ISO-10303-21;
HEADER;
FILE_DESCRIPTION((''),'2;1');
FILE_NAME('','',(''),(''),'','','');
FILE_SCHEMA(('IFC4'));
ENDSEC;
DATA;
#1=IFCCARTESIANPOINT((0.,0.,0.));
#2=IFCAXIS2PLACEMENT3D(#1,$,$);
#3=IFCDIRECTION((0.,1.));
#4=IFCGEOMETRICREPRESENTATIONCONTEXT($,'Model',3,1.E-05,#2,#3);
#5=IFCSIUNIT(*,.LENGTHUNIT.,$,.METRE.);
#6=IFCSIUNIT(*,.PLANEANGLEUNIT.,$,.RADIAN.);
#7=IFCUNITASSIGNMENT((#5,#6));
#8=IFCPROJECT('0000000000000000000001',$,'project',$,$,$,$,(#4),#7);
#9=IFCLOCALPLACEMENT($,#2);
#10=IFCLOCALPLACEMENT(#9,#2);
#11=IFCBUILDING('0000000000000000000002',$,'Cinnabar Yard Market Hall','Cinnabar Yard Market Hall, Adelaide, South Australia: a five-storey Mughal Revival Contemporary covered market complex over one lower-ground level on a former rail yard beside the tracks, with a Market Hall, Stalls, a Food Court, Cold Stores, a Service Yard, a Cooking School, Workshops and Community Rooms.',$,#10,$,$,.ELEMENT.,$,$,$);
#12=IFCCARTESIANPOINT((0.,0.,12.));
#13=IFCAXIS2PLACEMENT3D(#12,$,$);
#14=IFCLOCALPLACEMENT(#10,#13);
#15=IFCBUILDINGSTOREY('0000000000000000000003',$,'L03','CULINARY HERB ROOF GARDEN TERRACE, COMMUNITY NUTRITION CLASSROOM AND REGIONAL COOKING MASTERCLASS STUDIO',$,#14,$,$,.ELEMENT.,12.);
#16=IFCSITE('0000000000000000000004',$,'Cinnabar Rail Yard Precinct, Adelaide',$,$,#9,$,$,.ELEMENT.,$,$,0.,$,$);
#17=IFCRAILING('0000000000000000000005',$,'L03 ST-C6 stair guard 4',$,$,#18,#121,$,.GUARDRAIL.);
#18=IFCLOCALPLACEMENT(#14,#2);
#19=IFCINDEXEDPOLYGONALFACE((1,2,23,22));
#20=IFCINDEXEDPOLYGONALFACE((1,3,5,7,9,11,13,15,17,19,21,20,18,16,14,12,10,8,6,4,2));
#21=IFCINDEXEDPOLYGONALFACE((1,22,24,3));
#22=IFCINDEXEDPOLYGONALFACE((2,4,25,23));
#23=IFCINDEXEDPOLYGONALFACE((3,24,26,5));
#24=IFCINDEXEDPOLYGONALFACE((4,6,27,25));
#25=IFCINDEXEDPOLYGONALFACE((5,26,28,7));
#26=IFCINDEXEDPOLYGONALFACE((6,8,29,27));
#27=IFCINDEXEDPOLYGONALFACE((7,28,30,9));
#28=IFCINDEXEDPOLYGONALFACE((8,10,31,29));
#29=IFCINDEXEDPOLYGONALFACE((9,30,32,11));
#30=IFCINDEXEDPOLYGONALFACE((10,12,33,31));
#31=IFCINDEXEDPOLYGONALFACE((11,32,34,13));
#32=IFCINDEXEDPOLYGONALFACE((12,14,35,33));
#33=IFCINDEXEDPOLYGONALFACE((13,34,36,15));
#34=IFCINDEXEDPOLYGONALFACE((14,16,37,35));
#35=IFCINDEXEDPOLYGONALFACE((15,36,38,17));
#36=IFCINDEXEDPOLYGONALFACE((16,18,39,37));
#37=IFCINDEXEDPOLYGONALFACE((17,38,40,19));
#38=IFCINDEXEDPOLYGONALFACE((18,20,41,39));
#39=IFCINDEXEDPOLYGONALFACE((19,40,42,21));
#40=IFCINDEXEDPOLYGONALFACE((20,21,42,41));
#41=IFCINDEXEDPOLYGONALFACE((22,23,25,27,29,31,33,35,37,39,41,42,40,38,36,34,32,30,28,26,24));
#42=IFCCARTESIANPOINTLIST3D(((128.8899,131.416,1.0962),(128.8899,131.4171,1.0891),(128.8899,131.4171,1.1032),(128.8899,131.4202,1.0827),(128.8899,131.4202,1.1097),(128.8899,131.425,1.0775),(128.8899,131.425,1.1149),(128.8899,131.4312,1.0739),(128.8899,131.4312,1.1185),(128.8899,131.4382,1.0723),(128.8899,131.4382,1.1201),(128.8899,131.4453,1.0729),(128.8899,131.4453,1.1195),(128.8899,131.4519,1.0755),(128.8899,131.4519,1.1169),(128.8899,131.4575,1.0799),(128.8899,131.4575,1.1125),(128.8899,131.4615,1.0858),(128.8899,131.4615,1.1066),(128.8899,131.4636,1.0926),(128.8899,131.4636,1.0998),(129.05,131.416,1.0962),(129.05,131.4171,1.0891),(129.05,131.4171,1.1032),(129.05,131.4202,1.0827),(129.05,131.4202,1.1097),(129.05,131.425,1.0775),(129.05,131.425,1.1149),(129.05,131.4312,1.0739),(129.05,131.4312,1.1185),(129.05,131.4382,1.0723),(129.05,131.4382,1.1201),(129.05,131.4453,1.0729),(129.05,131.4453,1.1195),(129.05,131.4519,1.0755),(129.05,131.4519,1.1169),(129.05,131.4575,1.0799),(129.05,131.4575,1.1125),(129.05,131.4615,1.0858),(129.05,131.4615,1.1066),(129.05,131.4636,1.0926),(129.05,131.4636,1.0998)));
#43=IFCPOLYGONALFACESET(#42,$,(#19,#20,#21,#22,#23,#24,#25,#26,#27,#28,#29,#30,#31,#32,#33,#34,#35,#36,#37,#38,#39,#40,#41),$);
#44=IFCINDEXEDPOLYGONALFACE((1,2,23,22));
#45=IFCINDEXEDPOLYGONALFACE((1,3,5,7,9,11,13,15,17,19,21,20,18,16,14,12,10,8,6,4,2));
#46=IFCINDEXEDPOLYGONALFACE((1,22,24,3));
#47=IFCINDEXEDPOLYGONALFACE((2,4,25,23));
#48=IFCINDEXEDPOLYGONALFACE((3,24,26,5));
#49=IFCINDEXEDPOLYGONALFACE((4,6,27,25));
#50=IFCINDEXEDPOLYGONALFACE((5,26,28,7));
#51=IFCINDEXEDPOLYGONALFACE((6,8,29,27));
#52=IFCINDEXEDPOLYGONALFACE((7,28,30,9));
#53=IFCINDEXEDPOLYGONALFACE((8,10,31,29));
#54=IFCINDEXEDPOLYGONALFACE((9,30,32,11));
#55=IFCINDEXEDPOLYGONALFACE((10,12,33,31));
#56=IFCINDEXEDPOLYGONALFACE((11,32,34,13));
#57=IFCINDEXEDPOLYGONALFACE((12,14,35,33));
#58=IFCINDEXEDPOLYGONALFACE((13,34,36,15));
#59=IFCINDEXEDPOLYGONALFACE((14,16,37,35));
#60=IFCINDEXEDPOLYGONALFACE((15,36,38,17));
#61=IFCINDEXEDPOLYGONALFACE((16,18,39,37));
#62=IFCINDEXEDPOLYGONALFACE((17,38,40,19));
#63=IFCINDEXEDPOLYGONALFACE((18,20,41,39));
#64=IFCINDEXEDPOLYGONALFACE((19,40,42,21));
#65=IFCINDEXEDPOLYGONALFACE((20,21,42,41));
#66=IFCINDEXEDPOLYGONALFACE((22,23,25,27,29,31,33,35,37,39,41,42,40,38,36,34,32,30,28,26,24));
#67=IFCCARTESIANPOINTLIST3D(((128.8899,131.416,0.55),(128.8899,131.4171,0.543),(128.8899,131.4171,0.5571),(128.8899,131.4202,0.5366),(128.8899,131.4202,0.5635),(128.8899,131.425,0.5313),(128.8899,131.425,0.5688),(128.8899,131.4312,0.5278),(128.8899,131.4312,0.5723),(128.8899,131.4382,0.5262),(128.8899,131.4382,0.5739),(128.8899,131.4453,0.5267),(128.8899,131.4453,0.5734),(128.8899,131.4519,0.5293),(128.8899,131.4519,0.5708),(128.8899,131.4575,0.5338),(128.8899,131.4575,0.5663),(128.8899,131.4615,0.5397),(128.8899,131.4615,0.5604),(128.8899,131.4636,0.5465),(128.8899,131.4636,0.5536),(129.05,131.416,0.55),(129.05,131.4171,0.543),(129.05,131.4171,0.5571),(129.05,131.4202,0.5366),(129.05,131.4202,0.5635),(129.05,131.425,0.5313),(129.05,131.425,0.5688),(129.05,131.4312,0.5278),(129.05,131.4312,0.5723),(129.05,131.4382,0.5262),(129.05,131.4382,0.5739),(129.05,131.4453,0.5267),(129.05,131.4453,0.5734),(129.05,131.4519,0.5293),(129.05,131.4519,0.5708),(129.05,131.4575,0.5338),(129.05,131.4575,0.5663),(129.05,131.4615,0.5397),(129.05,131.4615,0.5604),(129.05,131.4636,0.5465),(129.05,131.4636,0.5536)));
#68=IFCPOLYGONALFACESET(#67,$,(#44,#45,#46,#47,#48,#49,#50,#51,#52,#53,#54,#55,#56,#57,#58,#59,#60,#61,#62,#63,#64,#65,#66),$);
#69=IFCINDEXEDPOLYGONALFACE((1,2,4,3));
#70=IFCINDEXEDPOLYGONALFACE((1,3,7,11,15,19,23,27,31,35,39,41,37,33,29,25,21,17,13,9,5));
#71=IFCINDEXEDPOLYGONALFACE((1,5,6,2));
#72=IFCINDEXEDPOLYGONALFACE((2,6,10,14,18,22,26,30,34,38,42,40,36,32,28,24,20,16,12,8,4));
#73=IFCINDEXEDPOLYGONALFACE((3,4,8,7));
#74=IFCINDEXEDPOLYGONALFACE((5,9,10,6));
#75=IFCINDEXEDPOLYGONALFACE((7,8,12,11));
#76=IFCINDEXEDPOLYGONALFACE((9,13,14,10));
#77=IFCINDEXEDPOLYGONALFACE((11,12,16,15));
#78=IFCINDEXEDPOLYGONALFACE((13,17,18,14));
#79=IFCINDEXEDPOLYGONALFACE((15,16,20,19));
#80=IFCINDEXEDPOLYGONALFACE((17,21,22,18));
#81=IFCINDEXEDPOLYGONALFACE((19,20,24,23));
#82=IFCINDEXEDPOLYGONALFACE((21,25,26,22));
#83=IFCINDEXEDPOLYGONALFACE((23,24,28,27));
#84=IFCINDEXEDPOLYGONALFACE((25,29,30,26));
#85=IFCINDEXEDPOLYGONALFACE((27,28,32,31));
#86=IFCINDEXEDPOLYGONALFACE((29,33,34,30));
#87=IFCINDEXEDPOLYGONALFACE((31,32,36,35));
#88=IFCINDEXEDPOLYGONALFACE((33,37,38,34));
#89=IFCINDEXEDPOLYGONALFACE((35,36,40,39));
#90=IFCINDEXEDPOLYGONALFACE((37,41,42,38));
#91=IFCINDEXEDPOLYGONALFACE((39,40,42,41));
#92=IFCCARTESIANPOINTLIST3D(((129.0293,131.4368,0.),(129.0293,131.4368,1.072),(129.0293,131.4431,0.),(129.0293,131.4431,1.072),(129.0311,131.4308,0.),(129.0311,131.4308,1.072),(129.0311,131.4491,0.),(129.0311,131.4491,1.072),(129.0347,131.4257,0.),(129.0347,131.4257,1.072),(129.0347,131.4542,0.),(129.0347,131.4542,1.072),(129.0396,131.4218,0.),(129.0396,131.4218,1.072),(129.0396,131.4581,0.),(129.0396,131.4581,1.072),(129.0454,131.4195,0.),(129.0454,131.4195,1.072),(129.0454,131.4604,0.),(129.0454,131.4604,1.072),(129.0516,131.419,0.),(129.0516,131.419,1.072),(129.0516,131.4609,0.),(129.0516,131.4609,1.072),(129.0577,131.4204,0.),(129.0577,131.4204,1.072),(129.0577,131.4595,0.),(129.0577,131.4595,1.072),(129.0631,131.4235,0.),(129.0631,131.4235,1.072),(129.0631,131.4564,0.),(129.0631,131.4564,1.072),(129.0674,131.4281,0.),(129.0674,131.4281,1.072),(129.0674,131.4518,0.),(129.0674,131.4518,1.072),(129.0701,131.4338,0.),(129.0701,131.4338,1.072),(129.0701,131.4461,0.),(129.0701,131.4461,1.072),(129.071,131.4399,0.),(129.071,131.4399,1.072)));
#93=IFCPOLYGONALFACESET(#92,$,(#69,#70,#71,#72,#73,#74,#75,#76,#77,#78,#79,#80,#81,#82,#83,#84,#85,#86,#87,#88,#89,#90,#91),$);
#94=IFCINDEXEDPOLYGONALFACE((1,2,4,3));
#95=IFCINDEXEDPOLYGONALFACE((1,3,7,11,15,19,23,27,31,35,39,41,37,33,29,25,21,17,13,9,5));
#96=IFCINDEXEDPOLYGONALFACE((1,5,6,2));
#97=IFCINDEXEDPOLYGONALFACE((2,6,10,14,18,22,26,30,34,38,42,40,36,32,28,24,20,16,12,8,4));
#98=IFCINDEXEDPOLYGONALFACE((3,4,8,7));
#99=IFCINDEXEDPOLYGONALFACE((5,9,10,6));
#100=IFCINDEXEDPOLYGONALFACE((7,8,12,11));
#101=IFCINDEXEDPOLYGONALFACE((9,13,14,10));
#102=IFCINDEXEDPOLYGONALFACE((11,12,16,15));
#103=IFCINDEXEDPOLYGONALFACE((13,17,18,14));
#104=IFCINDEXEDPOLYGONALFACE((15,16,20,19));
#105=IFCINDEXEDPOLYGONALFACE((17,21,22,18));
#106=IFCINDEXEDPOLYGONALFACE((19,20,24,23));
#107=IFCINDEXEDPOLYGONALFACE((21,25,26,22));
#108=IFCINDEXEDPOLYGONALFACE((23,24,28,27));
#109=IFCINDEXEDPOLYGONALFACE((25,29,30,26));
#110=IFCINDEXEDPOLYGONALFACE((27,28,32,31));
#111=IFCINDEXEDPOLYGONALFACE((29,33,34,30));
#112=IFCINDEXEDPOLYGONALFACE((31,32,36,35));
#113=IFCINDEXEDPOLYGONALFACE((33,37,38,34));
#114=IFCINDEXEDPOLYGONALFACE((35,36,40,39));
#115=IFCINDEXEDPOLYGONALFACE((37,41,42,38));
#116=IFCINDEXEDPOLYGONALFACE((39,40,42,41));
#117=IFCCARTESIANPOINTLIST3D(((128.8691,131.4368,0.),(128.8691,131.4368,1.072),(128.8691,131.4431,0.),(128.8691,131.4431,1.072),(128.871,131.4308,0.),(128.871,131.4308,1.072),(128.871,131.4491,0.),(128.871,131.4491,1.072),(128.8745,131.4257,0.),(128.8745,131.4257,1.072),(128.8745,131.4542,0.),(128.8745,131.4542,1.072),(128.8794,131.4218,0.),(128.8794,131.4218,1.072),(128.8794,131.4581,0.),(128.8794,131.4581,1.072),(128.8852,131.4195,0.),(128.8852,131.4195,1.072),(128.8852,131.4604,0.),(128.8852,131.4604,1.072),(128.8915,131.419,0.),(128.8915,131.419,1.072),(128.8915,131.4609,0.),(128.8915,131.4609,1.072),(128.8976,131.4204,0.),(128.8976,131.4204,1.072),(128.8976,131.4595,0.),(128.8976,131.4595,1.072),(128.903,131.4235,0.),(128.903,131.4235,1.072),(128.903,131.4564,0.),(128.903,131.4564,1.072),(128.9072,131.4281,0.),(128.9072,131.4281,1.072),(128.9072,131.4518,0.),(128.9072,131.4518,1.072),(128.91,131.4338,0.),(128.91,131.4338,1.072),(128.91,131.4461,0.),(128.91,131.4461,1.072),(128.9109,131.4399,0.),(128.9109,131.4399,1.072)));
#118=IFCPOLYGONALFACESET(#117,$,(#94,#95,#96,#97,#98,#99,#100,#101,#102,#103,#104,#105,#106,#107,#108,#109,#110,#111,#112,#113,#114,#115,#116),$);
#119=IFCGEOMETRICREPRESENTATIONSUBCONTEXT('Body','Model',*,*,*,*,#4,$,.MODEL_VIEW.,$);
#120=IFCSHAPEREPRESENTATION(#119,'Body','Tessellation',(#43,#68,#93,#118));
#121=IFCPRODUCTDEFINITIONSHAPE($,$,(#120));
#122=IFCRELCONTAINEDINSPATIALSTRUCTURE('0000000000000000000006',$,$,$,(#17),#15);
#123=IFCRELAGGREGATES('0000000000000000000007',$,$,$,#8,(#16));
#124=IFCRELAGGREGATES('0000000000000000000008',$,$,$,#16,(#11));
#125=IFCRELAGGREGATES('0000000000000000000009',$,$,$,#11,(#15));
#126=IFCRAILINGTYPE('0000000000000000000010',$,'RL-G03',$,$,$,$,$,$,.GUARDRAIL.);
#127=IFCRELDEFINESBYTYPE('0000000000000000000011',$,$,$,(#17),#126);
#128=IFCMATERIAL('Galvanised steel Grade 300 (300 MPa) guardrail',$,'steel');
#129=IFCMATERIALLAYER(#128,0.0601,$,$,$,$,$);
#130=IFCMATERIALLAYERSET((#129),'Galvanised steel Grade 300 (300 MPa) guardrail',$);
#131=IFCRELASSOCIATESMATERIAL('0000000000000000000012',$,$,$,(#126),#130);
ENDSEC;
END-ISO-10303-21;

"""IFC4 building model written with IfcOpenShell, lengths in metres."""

from ifc_helpers import new_model, si_unit, direction, frame, origin, origin_2d_with_axis, place, context, subcontext, project, spatial, circle, extrude, material, layer, layer_set, type_object, element, save


model = new_model("IFC4")

# Units and contexts
model_context = context("Model", 3, precision=1e-05, world=origin(), true_north=direction((0.0, 1.0)))
body_context = subcontext(model_context, "Body", "Model", "MODEL_VIEW")
ifc_project = project(units=[si_unit("LENGTHUNIT", "METRE"), si_unit("PLANEANGLEUNIT", "RADIAN")], contexts=[model_context])

# Site, building, storey
site_placement = place(None, origin())
site = spatial("IfcSite", under=ifc_project, at=site_placement, Name="Cinnabar Rail Yard Precinct, Adelaide", CompositionType="ELEMENT", RefElevation=0.0)
building_placement = place(site_placement, origin())
building = spatial("IfcBuilding", under=site, at=building_placement, Name="Cinnabar Yard Market Hall", Description="Cinnabar Yard Market Hall, Adelaide, South Australia: a five-storey Mughal Revival Contemporary covered market complex over one lower-ground level on a former rail yard beside the tracks, with a Market Hall, Stalls, a Food Court, Cold Stores, a Service Yard, a Cooking School, Workshops and Community Rooms.", CompositionType="ELEMENT")
storey_placement = place(building_placement, frame((0.0, 0.0, 12.0)))
storey = spatial("IfcBuildingStorey", under=building, at=storey_placement, Name="L03", Description="CULINARY HERB ROOF GARDEN TERRACE, COMMUNITY NUTRITION CLASSROOM AND REGIONAL COOKING MASTERCLASS STUDIO", CompositionType="ELEMENT", Elevation=12.0)

# Railing
ifc_material_1 = material(Name="Galvanised steel Grade 300 (300 MPa) guardrail", Category="steel")
ifc_layer_1 = layer(ifc_material_1, 0.0601)
ifc_layer_set_1 = layer_set([ifc_layer_1], Name="Galvanised steel Grade 300 (300 MPa) guardrail")
railing_type_1 = type_object("IfcRailingType", Name="RL-G03", PredefinedType="GUARDRAIL", material=ifc_layer_set_1)
railing_1_placement = place(storey_placement, frame((129.05, 131.4399, 0.0)))
element("IfcRailing", 1, at=railing_1_placement, inside=storey, type_object=railing_type_1, Name="L03 ST-C6 stair guard 4", PredefinedType="GUARDRAIL", context=body_context, shape_type="SweptSolid", body=[
    extrude(circle(Radius=0.0239, at=origin_2d_with_axis()), frame((0.0, 0.0, 1.0962), z_axis=(-1.0, 0.0, 0.0), x_axis=(0.0, -1.0, 0.0)), (0.0, 0.0, 1.0), 0.1602),
    extrude(circle(Radius=0.0239, at=origin_2d_with_axis()), frame((0.0, 0.0, 0.55), z_axis=(-1.0, 0.0, 0.0), x_axis=(0.0, -1.0, 0.0)), (0.0, 0.0, 1.0), 0.1602),
    extrude(circle(Radius=0.021, at=origin_2d_with_axis()), origin(), (0.0, 0.0, 1.0), 1.072),
    extrude(circle(Radius=0.021, at=origin_2d_with_axis()), frame((-0.1602, 0.0, 0.0)), (0.0, 0.0, 1.0), 1.072),
])

save(model, "model.ifc")
